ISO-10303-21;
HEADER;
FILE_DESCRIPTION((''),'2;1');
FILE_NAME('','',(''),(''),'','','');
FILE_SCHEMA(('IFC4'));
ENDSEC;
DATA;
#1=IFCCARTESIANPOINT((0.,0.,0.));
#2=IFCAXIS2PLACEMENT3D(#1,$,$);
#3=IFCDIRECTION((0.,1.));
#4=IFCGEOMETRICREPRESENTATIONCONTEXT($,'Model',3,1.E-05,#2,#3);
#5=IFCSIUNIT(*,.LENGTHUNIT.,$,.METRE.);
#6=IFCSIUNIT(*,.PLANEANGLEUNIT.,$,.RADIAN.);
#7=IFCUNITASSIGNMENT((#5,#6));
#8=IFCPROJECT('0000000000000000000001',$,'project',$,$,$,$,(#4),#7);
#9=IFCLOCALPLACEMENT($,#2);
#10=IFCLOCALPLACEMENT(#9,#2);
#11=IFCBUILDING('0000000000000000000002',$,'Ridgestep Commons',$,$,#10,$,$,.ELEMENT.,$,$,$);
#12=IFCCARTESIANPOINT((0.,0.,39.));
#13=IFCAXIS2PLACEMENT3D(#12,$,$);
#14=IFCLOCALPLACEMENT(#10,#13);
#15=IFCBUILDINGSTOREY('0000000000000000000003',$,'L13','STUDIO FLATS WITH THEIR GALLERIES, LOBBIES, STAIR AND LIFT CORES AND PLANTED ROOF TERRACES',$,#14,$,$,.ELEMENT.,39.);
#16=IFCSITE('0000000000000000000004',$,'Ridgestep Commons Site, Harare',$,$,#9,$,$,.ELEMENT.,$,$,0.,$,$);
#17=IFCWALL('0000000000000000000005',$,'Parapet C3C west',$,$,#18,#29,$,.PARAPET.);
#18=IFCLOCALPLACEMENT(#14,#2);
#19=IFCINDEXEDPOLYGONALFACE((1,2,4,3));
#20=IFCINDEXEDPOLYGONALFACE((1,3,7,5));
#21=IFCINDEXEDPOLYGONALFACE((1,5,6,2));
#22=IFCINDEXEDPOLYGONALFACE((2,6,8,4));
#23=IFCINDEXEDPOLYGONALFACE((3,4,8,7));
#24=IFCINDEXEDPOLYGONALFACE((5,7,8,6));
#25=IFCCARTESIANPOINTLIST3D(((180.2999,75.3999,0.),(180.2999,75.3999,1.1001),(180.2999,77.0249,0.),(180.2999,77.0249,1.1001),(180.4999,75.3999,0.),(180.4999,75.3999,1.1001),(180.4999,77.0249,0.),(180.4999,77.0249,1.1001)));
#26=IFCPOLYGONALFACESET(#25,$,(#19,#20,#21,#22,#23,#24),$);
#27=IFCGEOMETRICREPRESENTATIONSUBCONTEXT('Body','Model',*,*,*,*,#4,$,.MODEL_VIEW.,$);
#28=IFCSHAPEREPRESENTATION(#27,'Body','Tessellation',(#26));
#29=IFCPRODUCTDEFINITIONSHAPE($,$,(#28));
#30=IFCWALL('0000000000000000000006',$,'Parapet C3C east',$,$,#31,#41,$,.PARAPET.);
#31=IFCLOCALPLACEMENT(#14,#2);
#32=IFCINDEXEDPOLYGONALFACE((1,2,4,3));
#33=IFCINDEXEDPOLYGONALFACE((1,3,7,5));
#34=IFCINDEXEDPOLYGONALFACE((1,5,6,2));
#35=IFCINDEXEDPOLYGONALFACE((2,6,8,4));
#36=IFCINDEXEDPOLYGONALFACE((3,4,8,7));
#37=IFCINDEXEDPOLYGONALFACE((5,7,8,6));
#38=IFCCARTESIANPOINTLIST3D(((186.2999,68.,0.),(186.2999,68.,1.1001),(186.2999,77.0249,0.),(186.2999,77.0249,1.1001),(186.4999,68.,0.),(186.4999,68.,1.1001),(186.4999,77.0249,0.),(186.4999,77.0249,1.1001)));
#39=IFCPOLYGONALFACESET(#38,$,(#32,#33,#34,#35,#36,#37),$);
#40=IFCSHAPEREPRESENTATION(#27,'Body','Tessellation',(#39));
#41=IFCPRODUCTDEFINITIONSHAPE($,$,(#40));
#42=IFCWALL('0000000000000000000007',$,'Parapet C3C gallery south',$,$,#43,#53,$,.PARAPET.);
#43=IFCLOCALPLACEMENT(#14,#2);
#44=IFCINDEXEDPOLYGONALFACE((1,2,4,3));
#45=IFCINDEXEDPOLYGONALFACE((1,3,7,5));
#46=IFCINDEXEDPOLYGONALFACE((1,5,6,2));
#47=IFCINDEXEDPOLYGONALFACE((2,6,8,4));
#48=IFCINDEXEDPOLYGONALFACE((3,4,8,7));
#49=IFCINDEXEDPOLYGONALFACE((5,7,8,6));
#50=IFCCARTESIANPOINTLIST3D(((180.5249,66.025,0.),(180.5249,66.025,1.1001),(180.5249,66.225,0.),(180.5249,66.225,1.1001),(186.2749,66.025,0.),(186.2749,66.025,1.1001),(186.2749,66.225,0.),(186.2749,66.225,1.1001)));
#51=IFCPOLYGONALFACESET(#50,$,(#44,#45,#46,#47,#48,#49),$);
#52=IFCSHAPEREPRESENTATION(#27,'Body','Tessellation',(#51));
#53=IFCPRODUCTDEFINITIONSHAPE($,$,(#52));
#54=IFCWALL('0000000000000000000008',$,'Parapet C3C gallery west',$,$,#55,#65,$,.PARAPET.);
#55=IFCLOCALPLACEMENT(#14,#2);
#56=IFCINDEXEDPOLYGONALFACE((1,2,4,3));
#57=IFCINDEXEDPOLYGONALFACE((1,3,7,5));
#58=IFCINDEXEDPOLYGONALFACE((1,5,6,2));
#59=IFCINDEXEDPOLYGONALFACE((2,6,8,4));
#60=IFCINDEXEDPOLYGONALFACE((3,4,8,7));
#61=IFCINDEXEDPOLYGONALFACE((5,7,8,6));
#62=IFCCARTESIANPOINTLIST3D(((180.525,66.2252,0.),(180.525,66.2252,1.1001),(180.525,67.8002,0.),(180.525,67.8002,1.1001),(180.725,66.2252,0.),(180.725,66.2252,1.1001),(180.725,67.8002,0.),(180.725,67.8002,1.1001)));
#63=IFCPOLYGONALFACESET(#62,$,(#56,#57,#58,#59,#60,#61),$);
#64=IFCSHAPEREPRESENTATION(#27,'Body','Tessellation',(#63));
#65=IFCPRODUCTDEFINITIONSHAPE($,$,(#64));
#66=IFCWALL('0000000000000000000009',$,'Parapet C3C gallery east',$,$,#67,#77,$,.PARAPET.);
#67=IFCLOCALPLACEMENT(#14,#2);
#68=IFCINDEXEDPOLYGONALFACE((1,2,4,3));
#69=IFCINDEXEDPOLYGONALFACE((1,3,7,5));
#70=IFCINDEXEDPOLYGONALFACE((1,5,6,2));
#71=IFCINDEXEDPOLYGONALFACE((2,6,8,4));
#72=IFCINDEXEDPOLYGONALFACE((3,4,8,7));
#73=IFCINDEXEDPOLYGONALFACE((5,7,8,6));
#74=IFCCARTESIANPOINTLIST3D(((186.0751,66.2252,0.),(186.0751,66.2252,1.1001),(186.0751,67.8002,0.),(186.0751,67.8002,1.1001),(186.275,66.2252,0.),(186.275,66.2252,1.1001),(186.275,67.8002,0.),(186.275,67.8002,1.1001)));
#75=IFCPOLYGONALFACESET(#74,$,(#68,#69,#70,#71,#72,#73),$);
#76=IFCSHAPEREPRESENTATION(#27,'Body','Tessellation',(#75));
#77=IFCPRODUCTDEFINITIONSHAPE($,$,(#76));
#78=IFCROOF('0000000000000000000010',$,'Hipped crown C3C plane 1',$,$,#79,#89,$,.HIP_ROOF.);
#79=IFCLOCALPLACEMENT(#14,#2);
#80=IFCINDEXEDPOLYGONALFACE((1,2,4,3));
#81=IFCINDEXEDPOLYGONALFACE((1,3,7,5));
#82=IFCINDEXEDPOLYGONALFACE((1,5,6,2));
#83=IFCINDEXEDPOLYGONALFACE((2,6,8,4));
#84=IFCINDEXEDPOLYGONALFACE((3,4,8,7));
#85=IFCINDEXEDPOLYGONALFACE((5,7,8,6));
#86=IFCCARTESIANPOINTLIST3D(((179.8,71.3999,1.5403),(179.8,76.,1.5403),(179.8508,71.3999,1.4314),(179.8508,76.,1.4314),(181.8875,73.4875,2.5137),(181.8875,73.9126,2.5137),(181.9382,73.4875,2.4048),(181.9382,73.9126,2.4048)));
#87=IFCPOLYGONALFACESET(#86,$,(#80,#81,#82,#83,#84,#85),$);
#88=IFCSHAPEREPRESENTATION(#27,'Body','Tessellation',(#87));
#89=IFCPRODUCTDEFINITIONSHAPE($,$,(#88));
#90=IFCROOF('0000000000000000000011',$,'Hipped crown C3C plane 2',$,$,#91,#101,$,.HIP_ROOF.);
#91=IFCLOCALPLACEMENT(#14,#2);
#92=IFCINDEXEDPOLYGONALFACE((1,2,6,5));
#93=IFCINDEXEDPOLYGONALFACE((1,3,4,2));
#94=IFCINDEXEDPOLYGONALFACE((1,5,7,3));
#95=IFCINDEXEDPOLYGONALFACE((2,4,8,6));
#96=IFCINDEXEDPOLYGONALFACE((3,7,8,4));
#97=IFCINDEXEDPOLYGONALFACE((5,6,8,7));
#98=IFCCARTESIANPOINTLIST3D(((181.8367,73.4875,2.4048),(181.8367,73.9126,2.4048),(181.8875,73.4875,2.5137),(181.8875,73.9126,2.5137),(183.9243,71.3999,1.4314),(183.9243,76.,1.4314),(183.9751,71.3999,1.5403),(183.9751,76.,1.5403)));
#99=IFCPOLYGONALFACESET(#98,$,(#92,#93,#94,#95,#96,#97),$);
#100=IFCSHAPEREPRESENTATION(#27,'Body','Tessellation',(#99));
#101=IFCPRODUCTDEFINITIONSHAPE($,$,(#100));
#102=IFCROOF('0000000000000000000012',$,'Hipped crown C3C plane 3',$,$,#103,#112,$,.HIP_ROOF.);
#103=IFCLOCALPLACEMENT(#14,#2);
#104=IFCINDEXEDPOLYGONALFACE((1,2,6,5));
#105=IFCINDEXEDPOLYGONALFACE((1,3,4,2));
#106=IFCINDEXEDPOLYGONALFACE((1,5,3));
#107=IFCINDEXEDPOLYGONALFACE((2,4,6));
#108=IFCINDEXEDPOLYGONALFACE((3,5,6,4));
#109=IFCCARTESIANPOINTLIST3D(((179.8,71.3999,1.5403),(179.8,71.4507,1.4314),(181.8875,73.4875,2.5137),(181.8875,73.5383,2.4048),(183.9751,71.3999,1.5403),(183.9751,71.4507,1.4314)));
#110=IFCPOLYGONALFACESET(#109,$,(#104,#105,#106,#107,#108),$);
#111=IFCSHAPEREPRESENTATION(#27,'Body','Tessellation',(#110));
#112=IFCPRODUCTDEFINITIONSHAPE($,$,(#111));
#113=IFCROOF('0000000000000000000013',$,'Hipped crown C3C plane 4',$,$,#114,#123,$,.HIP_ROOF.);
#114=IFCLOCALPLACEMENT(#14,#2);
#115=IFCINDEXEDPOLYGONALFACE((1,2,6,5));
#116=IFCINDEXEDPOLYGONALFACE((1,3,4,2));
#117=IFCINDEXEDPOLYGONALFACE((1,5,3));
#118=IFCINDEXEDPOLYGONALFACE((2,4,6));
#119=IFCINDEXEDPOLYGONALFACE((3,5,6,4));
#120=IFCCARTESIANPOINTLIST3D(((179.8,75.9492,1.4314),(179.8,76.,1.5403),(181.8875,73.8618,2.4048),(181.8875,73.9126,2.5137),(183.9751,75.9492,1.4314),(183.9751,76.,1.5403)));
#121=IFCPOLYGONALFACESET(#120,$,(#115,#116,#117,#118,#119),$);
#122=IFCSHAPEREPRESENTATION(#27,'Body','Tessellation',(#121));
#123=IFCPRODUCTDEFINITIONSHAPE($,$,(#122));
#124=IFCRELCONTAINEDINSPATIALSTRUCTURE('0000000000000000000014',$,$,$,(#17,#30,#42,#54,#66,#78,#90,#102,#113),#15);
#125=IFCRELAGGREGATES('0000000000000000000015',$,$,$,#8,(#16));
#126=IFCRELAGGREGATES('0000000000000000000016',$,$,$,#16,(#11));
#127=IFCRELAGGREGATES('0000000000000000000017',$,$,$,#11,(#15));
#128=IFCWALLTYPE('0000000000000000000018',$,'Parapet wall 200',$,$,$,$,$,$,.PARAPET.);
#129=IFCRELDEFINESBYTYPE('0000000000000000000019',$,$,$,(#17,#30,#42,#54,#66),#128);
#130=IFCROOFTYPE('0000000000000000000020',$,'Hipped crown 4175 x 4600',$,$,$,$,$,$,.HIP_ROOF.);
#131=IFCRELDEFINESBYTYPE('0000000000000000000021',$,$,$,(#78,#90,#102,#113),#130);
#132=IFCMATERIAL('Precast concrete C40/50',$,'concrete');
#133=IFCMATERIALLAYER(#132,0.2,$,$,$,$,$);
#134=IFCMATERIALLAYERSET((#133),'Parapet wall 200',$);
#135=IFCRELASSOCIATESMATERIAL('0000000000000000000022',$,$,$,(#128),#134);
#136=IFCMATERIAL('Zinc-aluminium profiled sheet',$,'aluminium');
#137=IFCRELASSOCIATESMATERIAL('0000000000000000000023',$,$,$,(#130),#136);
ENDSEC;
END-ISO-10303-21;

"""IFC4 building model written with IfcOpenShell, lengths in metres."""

from ifc_helpers import new_model, si_unit, direction, frame, frame_2d, origin, place, context, subcontext, project, spatial, polyline, rectangle, outline, extrude, material, layer, layer_set, type_object, element, save


model = new_model("IFC4")

# Units and contexts
model_context = context("Model", 3, precision=1e-05, world=origin(), true_north=direction((0.0, 1.0)))
body_context = subcontext(model_context, "Body", "Model", "MODEL_VIEW")
ifc_project = project(units=[si_unit("LENGTHUNIT", "METRE"), si_unit("PLANEANGLEUNIT", "RADIAN")], contexts=[model_context])

# Site, building, storey
site_placement = place(None, origin())
site = spatial("IfcSite", under=ifc_project, at=site_placement, Name="Ridgestep Commons Site, Harare", CompositionType="ELEMENT", RefElevation=0.0)
building_placement = place(site_placement, origin())
building = spatial("IfcBuilding", under=site, at=building_placement, Name="Ridgestep Commons", CompositionType="ELEMENT")
storey_placement = place(building_placement, frame((0.0, 0.0, 39.0)))
storey = spatial("IfcBuildingStorey", under=building, at=storey_placement, Name="L13", Description="STUDIO FLATS WITH THEIR GALLERIES, LOBBIES, STAIR AND LIFT CORES AND PLANTED ROOF TERRACES", CompositionType="ELEMENT", Elevation=39.0)

# Walls
ifc_material_1 = material(Name="Precast concrete C40/50", Category="concrete")
ifc_layer_1 = layer(ifc_material_1, 0.2)
ifc_layer_set_1 = layer_set([ifc_layer_1], Name="Parapet wall 200")
wall_type_1 = type_object("IfcWallType", Name="Parapet wall 200", PredefinedType="PARAPET", material=ifc_layer_set_1)
wall_1_placement = place(storey_placement, frame((180.3999, 75.3999, 0.0), z_axis=(0.0, 0.0, 1.0), x_axis=(0.0, 1.0, 0.0)))
element("IfcWall", 1, at=wall_1_placement, inside=storey, type_object=wall_type_1, Name="Parapet C3C west", PredefinedType="PARAPET", context=body_context, shape_type="SweptSolid", body=[
    extrude(rectangle(XDim=1.625, YDim=0.2, at=frame_2d((0.8125, 0.0))), origin(), (0.0, 0.0, 1.0), 1.1001),
])
wall_2_placement = place(storey_placement, frame((186.3999, 68.0, 0.0), z_axis=(0.0, 0.0, 1.0), x_axis=(0.0, 1.0, 0.0)))
element("IfcWall", 2, at=wall_2_placement, inside=storey, type_object=wall_type_1, Name="Parapet C3C east", PredefinedType="PARAPET", context=body_context, shape_type="SweptSolid", body=[
    extrude(rectangle(XDim=9.0249, YDim=0.2, at=frame_2d((4.5125, 0.0))), origin(), (0.0, 0.0, 1.0), 1.1001),
])
wall_3_placement = place(storey_placement, frame((180.5249, 66.125, 0.0), z_axis=(0.0, 0.0, 1.0), x_axis=(1.0, 0.0, 0.0)))
element("IfcWall", 3, at=wall_3_placement, inside=storey, type_object=wall_type_1, Name="Parapet C3C gallery south", PredefinedType="PARAPET", context=body_context, shape_type="SweptSolid", body=[
    extrude(rectangle(XDim=5.75, YDim=0.2, at=frame_2d((2.875, 0.0))), origin(), (0.0, 0.0, 1.0), 1.1001),
])
for number, where, z_axis, x_axis, name in (
    (4, (180.625, 66.2251, 0.0), (0.0, 0.0, 1.0), (0.0, 1.0, 0.0), "Parapet C3C gallery west"),
    (5, (186.175, 66.2251, 0.0), (0.0, 0.0, 1.0), (0.0, 1.0, 0.0), "Parapet C3C gallery east"),
):
    element("IfcWall", number, at=place(storey_placement, frame(where, z_axis=z_axis, x_axis=x_axis)), inside=storey, type_object=wall_type_1, Name=name, PredefinedType="PARAPET", context=body_context, shape_type="SweptSolid", body=[
        extrude(rectangle(XDim=1.575, YDim=0.2, at=frame_2d((0.7876, 0.0))), origin(), (0.0, 0.0, 1.0), 1.1001),
    ])

# Roofs
ifc_material_2 = material(Name="Zinc-aluminium profiled sheet", Category="aluminium")
roof_type = type_object("IfcRoofType", Name="Hipped crown 4175 x 4600", PredefinedType="HIP_ROOF", material=ifc_material_2)
roof_1_placement = place(storey_placement, frame((179.8, 71.3999, 1.5403), z_axis=(-0.422624, 0.0, 0.906305), x_axis=(0.0, 1.0, 0.0)))
element("IfcRoof", 6, at=roof_1_placement, inside=storey, type_object=roof_type, Name="Hipped crown C3C plane 1", PredefinedType="HIP_ROOF", context=body_context, shape_type="SweptSolid", body=[
    extrude(outline(polyline([(0.0, 0.0), (4.6001, 0.0), (2.5127, -2.3032), (2.0876, -2.3032), (0.0, 0.0)])), origin(), (0.0, 0.0, -1.0), 0.1201),
])
roof_2_placement = place(storey_placement, frame((183.9751, 76.0, 1.5403), z_axis=(0.422584, 0.0, 0.906324), x_axis=(0.0, -1.0, 0.0)))
element("IfcRoof", 7, at=roof_2_placement, inside=storey, type_object=roof_type, Name="Hipped crown C3C plane 2", PredefinedType="HIP_ROOF", context=body_context, shape_type="SweptSolid", body=[
    extrude(outline(polyline([(0.0, 0.0), (4.6001, 0.0), (2.5125, -2.3034), (2.0874, -2.3034), (0.0, 0.0)])), origin(), (0.0, 0.0, -1.0), 0.1201),
])
roof_3_placement = place(storey_placement, frame((183.9751, 71.3999, 1.5403), z_axis=(0.0, -0.422584, 0.906324), x_axis=(-1.0, 0.0, 0.0)))
element("IfcRoof", 8, at=roof_3_placement, inside=storey, type_object=roof_type, Name="Hipped crown C3C plane 3", PredefinedType="HIP_ROOF", context=body_context, shape_type="SweptSolid", body=[
    extrude(outline(polyline([(0.0, 0.0), (4.175, 0.0), (2.0876, -2.3034), (0.0, 0.0)])), origin(), (0.0, 0.0, -1.0), 0.1201),
])
roof_4_placement = place(storey_placement, frame((179.8, 76.0, 1.5403), z_axis=(0.0, 0.422624, 0.906305), x_axis=(1.0, 0.0, 0.0)))
element("IfcRoof", 9, at=roof_4_placement, inside=storey, type_object=roof_type, Name="Hipped crown C3C plane 4", PredefinedType="HIP_ROOF", context=body_context, shape_type="SweptSolid", body=[
    extrude(outline(polyline([(0.0, 0.0), (4.175, 0.0), (2.0874, -2.3032), (0.0, 0.0)])), origin(), (0.0, 0.0, -1.0), 0.1201),
])

save(model, "model.ifc")
